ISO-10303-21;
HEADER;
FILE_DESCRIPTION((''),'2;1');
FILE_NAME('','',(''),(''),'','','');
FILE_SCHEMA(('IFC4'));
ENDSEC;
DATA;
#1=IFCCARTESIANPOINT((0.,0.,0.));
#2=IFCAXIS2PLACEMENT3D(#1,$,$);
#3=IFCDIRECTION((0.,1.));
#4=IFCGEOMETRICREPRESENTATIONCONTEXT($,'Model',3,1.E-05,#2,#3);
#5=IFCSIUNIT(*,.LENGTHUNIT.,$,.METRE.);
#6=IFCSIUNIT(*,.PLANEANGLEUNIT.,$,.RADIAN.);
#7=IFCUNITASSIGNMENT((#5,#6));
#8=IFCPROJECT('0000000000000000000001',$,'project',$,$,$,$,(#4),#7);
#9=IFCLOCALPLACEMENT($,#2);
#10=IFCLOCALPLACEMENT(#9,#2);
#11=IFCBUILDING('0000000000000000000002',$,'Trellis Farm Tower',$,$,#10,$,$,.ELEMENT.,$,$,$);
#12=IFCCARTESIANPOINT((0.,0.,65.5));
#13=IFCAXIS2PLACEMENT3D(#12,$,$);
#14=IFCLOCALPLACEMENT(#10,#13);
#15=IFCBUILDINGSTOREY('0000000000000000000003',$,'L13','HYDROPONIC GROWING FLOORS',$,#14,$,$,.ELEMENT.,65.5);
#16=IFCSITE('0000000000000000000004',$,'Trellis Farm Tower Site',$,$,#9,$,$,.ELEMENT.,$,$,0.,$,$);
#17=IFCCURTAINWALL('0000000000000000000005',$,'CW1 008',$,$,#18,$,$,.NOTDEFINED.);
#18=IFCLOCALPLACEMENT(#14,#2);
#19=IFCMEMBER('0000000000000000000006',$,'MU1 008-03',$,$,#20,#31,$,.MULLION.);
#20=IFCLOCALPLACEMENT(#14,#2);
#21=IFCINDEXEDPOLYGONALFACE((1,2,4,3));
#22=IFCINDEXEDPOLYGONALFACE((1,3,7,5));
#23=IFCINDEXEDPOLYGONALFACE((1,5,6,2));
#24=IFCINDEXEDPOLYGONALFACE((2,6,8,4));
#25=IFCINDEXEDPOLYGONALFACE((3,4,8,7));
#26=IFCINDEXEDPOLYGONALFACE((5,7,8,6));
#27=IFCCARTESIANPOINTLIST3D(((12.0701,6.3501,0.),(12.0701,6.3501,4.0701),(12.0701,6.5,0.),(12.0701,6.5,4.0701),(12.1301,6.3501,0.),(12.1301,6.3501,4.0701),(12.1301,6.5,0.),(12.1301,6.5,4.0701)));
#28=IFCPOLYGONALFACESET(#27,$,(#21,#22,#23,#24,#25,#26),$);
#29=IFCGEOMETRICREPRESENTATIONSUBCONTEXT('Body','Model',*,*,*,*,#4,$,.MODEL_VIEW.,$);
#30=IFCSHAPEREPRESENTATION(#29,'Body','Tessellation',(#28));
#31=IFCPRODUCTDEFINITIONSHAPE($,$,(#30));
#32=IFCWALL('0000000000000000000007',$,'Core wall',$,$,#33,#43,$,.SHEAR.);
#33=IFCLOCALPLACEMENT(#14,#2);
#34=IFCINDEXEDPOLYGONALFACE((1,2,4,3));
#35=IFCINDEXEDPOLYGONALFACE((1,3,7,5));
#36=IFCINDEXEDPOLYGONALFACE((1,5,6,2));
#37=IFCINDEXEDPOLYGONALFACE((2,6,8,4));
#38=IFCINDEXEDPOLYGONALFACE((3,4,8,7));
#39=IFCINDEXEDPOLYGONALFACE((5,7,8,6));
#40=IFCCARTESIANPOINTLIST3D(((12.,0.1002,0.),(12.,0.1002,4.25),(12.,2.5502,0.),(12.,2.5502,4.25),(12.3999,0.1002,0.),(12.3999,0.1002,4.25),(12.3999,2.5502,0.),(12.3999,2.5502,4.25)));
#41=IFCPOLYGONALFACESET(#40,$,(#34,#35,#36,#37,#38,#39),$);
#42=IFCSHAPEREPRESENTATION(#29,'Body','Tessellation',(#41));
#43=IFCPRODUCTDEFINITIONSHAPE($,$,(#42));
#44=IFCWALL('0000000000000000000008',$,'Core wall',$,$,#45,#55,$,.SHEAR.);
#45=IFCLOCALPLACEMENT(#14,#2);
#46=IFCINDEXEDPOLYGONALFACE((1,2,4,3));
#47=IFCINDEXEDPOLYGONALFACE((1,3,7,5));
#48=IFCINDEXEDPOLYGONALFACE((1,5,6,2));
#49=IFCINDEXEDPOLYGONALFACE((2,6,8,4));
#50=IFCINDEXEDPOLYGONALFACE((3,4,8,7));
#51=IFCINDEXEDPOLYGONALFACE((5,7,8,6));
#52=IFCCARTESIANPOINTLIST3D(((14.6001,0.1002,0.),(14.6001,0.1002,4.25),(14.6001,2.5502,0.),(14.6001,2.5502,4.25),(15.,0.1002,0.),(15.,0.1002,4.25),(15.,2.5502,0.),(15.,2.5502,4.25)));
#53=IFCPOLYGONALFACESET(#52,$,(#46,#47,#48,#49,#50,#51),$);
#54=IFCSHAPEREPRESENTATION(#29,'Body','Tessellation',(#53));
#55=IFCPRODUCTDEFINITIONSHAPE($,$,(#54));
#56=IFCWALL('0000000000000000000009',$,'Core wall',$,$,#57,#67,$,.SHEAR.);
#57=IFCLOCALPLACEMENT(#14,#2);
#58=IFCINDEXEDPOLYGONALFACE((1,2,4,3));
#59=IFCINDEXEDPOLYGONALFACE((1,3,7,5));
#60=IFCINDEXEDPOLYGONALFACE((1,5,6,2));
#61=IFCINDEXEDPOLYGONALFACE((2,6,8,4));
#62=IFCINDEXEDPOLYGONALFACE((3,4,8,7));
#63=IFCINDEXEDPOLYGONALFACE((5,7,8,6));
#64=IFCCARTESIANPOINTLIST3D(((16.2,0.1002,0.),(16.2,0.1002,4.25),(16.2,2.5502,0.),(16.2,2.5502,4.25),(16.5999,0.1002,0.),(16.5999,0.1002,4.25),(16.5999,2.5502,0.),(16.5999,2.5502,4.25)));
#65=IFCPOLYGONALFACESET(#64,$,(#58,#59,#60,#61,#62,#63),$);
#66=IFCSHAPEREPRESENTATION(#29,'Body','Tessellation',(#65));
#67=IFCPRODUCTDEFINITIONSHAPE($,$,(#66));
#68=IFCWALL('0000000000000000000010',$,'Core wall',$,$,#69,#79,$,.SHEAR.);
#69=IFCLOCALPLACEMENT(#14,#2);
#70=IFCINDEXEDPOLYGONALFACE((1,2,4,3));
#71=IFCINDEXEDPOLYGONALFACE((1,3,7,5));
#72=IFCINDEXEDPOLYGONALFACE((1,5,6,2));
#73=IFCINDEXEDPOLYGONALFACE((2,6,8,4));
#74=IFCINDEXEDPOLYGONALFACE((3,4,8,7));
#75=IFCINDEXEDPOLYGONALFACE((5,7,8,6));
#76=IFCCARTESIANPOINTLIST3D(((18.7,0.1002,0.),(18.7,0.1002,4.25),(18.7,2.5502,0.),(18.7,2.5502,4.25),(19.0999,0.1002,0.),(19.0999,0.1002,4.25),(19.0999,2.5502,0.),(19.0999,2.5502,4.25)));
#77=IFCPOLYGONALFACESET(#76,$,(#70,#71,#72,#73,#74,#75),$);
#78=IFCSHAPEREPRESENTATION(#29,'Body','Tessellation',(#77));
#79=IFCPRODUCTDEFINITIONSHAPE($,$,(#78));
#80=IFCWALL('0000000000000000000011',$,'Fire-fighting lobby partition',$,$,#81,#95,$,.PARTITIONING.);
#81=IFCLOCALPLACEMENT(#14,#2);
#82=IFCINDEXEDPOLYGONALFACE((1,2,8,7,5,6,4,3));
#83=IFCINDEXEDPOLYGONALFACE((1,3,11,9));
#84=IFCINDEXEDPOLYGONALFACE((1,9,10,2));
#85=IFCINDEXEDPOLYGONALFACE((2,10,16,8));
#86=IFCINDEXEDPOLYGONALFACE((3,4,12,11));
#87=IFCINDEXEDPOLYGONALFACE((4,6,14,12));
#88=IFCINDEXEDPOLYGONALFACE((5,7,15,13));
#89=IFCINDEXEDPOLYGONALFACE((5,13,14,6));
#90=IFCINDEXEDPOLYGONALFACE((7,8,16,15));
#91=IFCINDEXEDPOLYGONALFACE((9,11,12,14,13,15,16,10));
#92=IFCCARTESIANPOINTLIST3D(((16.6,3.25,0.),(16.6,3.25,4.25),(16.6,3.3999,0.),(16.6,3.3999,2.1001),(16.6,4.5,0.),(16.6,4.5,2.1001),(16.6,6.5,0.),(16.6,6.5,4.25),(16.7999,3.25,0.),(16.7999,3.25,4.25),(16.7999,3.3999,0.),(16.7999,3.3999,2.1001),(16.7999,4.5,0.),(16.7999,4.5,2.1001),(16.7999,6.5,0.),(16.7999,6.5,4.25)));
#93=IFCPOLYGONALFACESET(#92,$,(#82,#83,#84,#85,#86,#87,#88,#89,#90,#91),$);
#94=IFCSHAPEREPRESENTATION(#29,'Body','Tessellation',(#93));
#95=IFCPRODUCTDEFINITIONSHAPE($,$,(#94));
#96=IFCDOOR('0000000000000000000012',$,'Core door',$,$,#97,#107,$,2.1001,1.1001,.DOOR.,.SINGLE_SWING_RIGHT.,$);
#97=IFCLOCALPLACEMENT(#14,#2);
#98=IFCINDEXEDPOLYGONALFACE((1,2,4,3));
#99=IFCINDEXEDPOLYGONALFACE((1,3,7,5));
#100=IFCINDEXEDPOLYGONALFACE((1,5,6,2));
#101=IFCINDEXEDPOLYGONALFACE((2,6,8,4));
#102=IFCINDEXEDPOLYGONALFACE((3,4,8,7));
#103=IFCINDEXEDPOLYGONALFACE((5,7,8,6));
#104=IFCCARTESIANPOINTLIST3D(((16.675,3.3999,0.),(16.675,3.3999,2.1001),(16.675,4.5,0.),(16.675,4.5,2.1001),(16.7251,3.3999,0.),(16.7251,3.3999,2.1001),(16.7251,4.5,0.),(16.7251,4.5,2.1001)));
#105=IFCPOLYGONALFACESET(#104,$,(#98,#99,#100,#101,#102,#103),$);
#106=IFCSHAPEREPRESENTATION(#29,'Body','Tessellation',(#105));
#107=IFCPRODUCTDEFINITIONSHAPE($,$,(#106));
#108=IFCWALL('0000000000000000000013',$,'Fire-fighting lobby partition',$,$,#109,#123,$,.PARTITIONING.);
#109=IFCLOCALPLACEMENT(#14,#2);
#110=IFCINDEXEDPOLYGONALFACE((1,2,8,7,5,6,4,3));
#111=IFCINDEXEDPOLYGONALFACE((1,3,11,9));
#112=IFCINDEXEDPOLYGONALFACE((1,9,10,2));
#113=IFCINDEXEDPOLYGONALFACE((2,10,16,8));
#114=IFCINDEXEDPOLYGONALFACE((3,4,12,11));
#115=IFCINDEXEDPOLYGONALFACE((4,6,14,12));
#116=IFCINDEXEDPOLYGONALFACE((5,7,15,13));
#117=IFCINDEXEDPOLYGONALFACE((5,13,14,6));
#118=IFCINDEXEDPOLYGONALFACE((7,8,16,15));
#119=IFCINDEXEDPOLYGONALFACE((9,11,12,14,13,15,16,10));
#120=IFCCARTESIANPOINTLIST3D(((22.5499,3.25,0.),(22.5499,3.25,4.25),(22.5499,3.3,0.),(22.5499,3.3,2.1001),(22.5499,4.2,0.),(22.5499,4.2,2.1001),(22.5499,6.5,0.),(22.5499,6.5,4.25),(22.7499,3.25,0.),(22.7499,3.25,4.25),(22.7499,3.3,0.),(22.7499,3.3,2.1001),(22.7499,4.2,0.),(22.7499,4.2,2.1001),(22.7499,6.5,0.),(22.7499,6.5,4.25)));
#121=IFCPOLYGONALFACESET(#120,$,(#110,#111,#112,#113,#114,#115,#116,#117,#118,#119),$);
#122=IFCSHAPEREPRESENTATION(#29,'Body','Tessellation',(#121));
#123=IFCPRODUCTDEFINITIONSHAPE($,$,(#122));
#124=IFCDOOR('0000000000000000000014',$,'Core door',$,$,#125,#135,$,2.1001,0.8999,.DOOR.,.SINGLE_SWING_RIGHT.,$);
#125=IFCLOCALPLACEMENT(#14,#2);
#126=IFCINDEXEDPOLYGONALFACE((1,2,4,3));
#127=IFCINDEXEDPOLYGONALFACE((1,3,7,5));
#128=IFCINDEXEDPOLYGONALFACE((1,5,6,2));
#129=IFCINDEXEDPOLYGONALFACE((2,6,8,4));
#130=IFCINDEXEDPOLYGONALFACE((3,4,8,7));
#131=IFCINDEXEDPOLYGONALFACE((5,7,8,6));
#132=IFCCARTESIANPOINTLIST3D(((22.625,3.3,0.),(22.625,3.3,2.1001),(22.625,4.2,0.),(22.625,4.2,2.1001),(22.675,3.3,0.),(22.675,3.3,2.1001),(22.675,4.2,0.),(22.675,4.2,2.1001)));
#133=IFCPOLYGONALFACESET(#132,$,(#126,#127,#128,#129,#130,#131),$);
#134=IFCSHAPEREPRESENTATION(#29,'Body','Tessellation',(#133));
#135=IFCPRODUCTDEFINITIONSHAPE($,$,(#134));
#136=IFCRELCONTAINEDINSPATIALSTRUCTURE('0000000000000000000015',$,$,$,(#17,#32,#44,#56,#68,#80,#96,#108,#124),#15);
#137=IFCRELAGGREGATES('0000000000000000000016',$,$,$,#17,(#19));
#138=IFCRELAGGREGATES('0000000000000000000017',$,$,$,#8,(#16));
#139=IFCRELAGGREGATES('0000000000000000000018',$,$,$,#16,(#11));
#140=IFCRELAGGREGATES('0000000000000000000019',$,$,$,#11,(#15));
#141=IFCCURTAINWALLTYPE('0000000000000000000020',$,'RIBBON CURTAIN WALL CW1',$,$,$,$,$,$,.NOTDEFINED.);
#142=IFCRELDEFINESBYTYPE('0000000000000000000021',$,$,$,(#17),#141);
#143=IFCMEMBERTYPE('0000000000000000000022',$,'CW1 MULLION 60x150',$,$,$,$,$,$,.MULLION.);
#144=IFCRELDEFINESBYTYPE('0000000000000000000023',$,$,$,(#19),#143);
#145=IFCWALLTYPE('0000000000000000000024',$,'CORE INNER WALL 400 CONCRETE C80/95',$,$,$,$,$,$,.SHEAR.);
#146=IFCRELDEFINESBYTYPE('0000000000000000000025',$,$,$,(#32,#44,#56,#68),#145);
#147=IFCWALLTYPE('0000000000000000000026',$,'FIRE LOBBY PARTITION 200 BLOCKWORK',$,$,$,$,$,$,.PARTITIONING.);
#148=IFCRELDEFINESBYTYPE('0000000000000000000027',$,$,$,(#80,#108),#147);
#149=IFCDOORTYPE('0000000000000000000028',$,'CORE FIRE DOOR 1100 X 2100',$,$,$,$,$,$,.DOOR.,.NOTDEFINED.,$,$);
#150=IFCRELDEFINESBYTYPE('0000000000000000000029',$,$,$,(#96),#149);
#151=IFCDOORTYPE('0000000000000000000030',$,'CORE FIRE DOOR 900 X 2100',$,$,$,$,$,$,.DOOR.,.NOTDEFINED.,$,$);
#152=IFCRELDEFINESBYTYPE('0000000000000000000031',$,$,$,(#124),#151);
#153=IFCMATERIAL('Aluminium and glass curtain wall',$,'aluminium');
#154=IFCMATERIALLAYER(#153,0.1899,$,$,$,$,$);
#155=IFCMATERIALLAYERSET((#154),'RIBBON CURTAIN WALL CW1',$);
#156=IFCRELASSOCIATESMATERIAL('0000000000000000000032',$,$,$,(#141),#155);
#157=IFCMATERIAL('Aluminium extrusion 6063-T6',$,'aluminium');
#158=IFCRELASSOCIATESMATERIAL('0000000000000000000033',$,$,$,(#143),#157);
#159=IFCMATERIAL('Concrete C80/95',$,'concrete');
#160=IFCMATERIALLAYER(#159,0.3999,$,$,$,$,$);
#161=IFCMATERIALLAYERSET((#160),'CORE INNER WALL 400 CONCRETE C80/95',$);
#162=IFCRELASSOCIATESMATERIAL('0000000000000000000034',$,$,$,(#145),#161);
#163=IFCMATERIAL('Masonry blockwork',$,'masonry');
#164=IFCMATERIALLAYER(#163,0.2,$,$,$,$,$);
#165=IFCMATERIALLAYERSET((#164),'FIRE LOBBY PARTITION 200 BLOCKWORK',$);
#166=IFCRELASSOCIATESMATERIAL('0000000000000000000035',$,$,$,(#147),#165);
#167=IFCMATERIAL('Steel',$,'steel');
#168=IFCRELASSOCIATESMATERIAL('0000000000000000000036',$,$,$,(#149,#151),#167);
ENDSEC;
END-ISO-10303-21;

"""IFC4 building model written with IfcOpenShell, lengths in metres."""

from ifc_helpers import new_model, si_unit, direction, frame, frame_2d, origin, origin_2d, place, context, subcontext, project, spatial, rectangle, extrude, source, transform, mapped, material, layer, layer_set, material_profile, profile_set, type_object, element, fill, aggregate, save


model = new_model("IFC4")

# Units and contexts
model_context = context("Model", 3, precision=1e-05, world=origin(), true_north=direction((0.0, 1.0)))
body_context = subcontext(model_context, "Body", "Model", "MODEL_VIEW")
ifc_project = project(units=[si_unit("LENGTHUNIT", "METRE"), si_unit("PLANEANGLEUNIT", "RADIAN")], contexts=[model_context])

# Site, building, storey
site_placement = place(None, origin())
site = spatial("IfcSite", under=ifc_project, at=site_placement, Name="Trellis Farm Tower Site", CompositionType="ELEMENT", RefElevation=0.0)
building_placement = place(site_placement, origin())
building = spatial("IfcBuilding", under=site, at=building_placement, Name="Trellis Farm Tower", CompositionType="ELEMENT")
storey_placement = place(building_placement, frame((0.0, 0.0, 65.5)))
storey = spatial("IfcBuildingStorey", under=building, at=storey_placement, Name="L13", Description="HYDROPONIC GROWING FLOORS", CompositionType="ELEMENT", Elevation=65.5)

# Shared definitions
ifc_material_1 = material(Name="Concrete C80/95", Category="concrete")

# Curtain wall, member
ifc_material_2 = material(Name="Aluminium and glass curtain wall", Category="aluminium")
ifc_layer_1 = layer(ifc_material_2, 0.1899)
ifc_layer_set_1 = layer_set([ifc_layer_1], Name="RIBBON CURTAIN WALL CW1")
curtain_wall_type = type_object("IfcCurtainWallType", Name="RIBBON CURTAIN WALL CW1", PredefinedType="NOTDEFINED", material=ifc_layer_set_1)
placement = place(storey_placement, origin())
ifc_material_3 = material(Name="Aluminium extrusion 6063-T6", Category="aluminium")
ifc_material_profile_1 = material_profile(ifc_material_3, rectangle(XDim=0.0601, YDim=0.1499, at=origin_2d()), Name="MULLION 60x150")
ifc_profile_set_1 = profile_set([ifc_material_profile_1], Name="Aluminium extrusion 6063-T6")
member_type = type_object("IfcMemberType", Name="CW1 MULLION 60x150", PredefinedType="MULLION", material=ifc_profile_set_1)
shared_shape_1 = source(origin(), body_context, "Body", "SweptSolid", [
    extrude(rectangle(XDim=0.0601, YDim=0.1499, at=origin_2d()), origin(), (0.0, 0.0, 1.0), 4.0701),
])
curtain_wall_1 = element("IfcCurtainWall", 1, at=placement, inside=storey, type_object=curtain_wall_type, Name="CW1 008", PredefinedType="NOTDEFINED")
member_1_placement = place(storey_placement, frame((12.1001, 6.425, 0.0), z_axis=(0.0, 0.0, 1.0), x_axis=(-1.0, 0.0, 0.0)))
member_1 = element("IfcMember", 2, at=member_1_placement, type_object=member_type, Name="MU1 008-03", PredefinedType="MULLION", context=body_context, shape_type="MappedRepresentation", body=[
    mapped(shared_shape_1, transform((0.0, 0.0, 0.0))),
])
aggregate(curtain_wall_1, [member_1])

# Walls
ifc_layer_2 = layer(ifc_material_1, 0.3999)
ifc_layer_set_2 = layer_set([ifc_layer_2], Name="CORE INNER WALL 400 CONCRETE C80/95")
wall_type_1 = type_object("IfcWallType", Name="CORE INNER WALL 400 CONCRETE C80/95", PredefinedType="SHEAR", material=ifc_layer_set_2)
shared_shape_2 = source(origin(), body_context, "Body", "SweptSolid", [
    extrude(rectangle(XDim=2.45, YDim=0.3999, at=frame_2d((1.2251, 0.0))), origin(), (0.0, 0.0, 1.0), 4.25),
])
for number, where, z_axis, x_axis, name in (
    (3, (12.2, 0.1001, 0.0), (0.0, 0.0, 1.0), (0.0, 1.0, 0.0), "Core wall"),
    (4, (14.8, 0.1001, 0.0), (0.0, 0.0, 1.0), (0.0, 1.0, 0.0), "Core wall"),
    (5, (16.3999, 0.1001, 0.0), (0.0, 0.0, 1.0), (0.0, 1.0, 0.0), "Core wall"),
    (6, (18.8999, 0.1001, 0.0), (0.0, 0.0, 1.0), (0.0, 1.0, 0.0), "Core wall"),
):
    element("IfcWall", number, at=place(storey_placement, frame(where, z_axis=z_axis, x_axis=x_axis)), inside=storey, type_object=wall_type_1, Name=name, PredefinedType="SHEAR", context=body_context, shape_type="MappedRepresentation", body=[
        mapped(shared_shape_2, transform((0.0, 0.0, 0.0))),
    ])

# Walls, openings, doors
ifc_material_4 = material(Name="Masonry blockwork", Category="masonry")
ifc_layer_3 = layer(ifc_material_4, 0.2)
ifc_layer_set_3 = layer_set([ifc_layer_3], Name="FIRE LOBBY PARTITION 200 BLOCKWORK")
wall_type_2 = type_object("IfcWallType", Name="FIRE LOBBY PARTITION 200 BLOCKWORK", PredefinedType="PARTITIONING", material=ifc_layer_set_3)
shared_shape_3 = source(origin(), body_context, "Body", "SweptSolid", [
    extrude(rectangle(XDim=3.25, YDim=0.2, at=frame_2d((1.625, 0.0))), origin(), (0.0, 0.0, 1.0), 4.25),
])
wall_1_placement = place(storey_placement, frame((16.7, 3.25, 0.0), z_axis=(0.0, 0.0, 1.0), x_axis=(0.0, 1.0, 0.0)))
wall_1 = element("IfcWall", 7, at=wall_1_placement, inside=storey, type_object=wall_type_2, Name="Fire-fighting lobby partition", PredefinedType="PARTITIONING", context=body_context, shape_type="MappedRepresentation", body=[
    mapped(shared_shape_3, transform((0.0, 0.0, 0.0))),
])
shared_shape_4 = source(origin(), body_context, "Body", "SweptSolid", [
    extrude(rectangle(XDim=1.1001, YDim=2.1001, at=frame_2d((0.55, 1.05))), frame((0.0, 0.1101, 0.0), z_axis=(0.0, -1.0, 0.0), x_axis=(1.0, 0.0, 0.0)), (0.0, 0.0, 1.0), 0.2202),
])
opening_1_placement = place(wall_1_placement, frame((0.1499, 0.0, 0.0)))
opening_1 = element("IfcOpeningElement", 8, at=opening_1_placement, cuts=wall_1, PredefinedType="OPENING", context=body_context, shape_type="MappedRepresentation", body=[
    mapped(shared_shape_4, transform((0.0, 0.0, 0.0))),
])
ifc_material_5 = material(Name="Steel", Category="steel")
door_type_1 = type_object("IfcDoorType", Name="CORE FIRE DOOR 1100 X 2100", OperationType="NOTDEFINED", PredefinedType="DOOR", material=ifc_material_5)
shared_shape_5 = source(origin(), body_context, "Body", "SweptSolid", [
    extrude(rectangle(XDim=1.1001, YDim=2.1001, at=frame_2d((0.55, 1.05))), frame((0.0, 0.0249, 0.0), z_axis=(0.0, -1.0, 0.0), x_axis=(1.0, 0.0, 0.0)), (0.0, 0.0, 1.0), 0.05),
])
door_1_placement = place(opening_1_placement, origin())
door_1 = element("IfcDoor", 9, at=door_1_placement, inside=storey, type_object=door_type_1, Name="Core door", OperationType="SINGLE_SWING_RIGHT", OverallHeight=2.1001, OverallWidth=1.1001, PredefinedType="DOOR", context=body_context, shape_type="MappedRepresentation", body=[
    mapped(shared_shape_5, transform((0.0, 0.0, 0.0))),
])
fill(opening_1, door_1)
wall_2_placement = place(storey_placement, frame((22.6499, 3.25, 0.0), z_axis=(0.0, 0.0, 1.0), x_axis=(0.0, 1.0, 0.0)))
wall_2 = element("IfcWall", 10, at=wall_2_placement, inside=storey, type_object=wall_type_2, Name="Fire-fighting lobby partition", PredefinedType="PARTITIONING", context=body_context, shape_type="MappedRepresentation", body=[
    mapped(shared_shape_3, transform((0.0, 0.0, 0.0))),
])
shared_shape_6 = source(origin(), body_context, "Body", "SweptSolid", [
    extrude(rectangle(XDim=0.8999, YDim=2.1001, at=frame_2d((0.45, 1.05))), frame((0.0, 0.1101, 0.0), z_axis=(0.0, -1.0, 0.0), x_axis=(1.0, 0.0, 0.0)), (0.0, 0.0, 1.0), 0.2202),
])
opening_2_placement = place(wall_2_placement, frame((0.05, 0.0, 0.0)))
opening_2 = element("IfcOpeningElement", 11, at=opening_2_placement, cuts=wall_2, PredefinedType="OPENING", context=body_context, shape_type="MappedRepresentation", body=[
    mapped(shared_shape_6, transform((0.0, 0.0, 0.0))),
])
door_type_2 = type_object("IfcDoorType", Name="CORE FIRE DOOR 900 X 2100", OperationType="NOTDEFINED", PredefinedType="DOOR", material=ifc_material_5)
shared_shape_7 = source(origin(), body_context, "Body", "SweptSolid", [
    extrude(rectangle(XDim=0.8999, YDim=2.1001, at=frame_2d((0.45, 1.05))), frame((0.0, 0.0249, 0.0), z_axis=(0.0, -1.0, 0.0), x_axis=(1.0, 0.0, 0.0)), (0.0, 0.0, 1.0), 0.05),
])
door_2_placement = place(opening_2_placement, origin())
door_2 = element("IfcDoor", 12, at=door_2_placement, inside=storey, type_object=door_type_2, Name="Core door", OperationType="SINGLE_SWING_RIGHT", OverallHeight=2.1001, OverallWidth=0.8999, PredefinedType="DOOR", context=body_context, shape_type="MappedRepresentation", body=[
    mapped(shared_shape_7, transform((0.0, 0.0, 0.0))),
])
fill(opening_2, door_2)

save(model, "model.ifc")
